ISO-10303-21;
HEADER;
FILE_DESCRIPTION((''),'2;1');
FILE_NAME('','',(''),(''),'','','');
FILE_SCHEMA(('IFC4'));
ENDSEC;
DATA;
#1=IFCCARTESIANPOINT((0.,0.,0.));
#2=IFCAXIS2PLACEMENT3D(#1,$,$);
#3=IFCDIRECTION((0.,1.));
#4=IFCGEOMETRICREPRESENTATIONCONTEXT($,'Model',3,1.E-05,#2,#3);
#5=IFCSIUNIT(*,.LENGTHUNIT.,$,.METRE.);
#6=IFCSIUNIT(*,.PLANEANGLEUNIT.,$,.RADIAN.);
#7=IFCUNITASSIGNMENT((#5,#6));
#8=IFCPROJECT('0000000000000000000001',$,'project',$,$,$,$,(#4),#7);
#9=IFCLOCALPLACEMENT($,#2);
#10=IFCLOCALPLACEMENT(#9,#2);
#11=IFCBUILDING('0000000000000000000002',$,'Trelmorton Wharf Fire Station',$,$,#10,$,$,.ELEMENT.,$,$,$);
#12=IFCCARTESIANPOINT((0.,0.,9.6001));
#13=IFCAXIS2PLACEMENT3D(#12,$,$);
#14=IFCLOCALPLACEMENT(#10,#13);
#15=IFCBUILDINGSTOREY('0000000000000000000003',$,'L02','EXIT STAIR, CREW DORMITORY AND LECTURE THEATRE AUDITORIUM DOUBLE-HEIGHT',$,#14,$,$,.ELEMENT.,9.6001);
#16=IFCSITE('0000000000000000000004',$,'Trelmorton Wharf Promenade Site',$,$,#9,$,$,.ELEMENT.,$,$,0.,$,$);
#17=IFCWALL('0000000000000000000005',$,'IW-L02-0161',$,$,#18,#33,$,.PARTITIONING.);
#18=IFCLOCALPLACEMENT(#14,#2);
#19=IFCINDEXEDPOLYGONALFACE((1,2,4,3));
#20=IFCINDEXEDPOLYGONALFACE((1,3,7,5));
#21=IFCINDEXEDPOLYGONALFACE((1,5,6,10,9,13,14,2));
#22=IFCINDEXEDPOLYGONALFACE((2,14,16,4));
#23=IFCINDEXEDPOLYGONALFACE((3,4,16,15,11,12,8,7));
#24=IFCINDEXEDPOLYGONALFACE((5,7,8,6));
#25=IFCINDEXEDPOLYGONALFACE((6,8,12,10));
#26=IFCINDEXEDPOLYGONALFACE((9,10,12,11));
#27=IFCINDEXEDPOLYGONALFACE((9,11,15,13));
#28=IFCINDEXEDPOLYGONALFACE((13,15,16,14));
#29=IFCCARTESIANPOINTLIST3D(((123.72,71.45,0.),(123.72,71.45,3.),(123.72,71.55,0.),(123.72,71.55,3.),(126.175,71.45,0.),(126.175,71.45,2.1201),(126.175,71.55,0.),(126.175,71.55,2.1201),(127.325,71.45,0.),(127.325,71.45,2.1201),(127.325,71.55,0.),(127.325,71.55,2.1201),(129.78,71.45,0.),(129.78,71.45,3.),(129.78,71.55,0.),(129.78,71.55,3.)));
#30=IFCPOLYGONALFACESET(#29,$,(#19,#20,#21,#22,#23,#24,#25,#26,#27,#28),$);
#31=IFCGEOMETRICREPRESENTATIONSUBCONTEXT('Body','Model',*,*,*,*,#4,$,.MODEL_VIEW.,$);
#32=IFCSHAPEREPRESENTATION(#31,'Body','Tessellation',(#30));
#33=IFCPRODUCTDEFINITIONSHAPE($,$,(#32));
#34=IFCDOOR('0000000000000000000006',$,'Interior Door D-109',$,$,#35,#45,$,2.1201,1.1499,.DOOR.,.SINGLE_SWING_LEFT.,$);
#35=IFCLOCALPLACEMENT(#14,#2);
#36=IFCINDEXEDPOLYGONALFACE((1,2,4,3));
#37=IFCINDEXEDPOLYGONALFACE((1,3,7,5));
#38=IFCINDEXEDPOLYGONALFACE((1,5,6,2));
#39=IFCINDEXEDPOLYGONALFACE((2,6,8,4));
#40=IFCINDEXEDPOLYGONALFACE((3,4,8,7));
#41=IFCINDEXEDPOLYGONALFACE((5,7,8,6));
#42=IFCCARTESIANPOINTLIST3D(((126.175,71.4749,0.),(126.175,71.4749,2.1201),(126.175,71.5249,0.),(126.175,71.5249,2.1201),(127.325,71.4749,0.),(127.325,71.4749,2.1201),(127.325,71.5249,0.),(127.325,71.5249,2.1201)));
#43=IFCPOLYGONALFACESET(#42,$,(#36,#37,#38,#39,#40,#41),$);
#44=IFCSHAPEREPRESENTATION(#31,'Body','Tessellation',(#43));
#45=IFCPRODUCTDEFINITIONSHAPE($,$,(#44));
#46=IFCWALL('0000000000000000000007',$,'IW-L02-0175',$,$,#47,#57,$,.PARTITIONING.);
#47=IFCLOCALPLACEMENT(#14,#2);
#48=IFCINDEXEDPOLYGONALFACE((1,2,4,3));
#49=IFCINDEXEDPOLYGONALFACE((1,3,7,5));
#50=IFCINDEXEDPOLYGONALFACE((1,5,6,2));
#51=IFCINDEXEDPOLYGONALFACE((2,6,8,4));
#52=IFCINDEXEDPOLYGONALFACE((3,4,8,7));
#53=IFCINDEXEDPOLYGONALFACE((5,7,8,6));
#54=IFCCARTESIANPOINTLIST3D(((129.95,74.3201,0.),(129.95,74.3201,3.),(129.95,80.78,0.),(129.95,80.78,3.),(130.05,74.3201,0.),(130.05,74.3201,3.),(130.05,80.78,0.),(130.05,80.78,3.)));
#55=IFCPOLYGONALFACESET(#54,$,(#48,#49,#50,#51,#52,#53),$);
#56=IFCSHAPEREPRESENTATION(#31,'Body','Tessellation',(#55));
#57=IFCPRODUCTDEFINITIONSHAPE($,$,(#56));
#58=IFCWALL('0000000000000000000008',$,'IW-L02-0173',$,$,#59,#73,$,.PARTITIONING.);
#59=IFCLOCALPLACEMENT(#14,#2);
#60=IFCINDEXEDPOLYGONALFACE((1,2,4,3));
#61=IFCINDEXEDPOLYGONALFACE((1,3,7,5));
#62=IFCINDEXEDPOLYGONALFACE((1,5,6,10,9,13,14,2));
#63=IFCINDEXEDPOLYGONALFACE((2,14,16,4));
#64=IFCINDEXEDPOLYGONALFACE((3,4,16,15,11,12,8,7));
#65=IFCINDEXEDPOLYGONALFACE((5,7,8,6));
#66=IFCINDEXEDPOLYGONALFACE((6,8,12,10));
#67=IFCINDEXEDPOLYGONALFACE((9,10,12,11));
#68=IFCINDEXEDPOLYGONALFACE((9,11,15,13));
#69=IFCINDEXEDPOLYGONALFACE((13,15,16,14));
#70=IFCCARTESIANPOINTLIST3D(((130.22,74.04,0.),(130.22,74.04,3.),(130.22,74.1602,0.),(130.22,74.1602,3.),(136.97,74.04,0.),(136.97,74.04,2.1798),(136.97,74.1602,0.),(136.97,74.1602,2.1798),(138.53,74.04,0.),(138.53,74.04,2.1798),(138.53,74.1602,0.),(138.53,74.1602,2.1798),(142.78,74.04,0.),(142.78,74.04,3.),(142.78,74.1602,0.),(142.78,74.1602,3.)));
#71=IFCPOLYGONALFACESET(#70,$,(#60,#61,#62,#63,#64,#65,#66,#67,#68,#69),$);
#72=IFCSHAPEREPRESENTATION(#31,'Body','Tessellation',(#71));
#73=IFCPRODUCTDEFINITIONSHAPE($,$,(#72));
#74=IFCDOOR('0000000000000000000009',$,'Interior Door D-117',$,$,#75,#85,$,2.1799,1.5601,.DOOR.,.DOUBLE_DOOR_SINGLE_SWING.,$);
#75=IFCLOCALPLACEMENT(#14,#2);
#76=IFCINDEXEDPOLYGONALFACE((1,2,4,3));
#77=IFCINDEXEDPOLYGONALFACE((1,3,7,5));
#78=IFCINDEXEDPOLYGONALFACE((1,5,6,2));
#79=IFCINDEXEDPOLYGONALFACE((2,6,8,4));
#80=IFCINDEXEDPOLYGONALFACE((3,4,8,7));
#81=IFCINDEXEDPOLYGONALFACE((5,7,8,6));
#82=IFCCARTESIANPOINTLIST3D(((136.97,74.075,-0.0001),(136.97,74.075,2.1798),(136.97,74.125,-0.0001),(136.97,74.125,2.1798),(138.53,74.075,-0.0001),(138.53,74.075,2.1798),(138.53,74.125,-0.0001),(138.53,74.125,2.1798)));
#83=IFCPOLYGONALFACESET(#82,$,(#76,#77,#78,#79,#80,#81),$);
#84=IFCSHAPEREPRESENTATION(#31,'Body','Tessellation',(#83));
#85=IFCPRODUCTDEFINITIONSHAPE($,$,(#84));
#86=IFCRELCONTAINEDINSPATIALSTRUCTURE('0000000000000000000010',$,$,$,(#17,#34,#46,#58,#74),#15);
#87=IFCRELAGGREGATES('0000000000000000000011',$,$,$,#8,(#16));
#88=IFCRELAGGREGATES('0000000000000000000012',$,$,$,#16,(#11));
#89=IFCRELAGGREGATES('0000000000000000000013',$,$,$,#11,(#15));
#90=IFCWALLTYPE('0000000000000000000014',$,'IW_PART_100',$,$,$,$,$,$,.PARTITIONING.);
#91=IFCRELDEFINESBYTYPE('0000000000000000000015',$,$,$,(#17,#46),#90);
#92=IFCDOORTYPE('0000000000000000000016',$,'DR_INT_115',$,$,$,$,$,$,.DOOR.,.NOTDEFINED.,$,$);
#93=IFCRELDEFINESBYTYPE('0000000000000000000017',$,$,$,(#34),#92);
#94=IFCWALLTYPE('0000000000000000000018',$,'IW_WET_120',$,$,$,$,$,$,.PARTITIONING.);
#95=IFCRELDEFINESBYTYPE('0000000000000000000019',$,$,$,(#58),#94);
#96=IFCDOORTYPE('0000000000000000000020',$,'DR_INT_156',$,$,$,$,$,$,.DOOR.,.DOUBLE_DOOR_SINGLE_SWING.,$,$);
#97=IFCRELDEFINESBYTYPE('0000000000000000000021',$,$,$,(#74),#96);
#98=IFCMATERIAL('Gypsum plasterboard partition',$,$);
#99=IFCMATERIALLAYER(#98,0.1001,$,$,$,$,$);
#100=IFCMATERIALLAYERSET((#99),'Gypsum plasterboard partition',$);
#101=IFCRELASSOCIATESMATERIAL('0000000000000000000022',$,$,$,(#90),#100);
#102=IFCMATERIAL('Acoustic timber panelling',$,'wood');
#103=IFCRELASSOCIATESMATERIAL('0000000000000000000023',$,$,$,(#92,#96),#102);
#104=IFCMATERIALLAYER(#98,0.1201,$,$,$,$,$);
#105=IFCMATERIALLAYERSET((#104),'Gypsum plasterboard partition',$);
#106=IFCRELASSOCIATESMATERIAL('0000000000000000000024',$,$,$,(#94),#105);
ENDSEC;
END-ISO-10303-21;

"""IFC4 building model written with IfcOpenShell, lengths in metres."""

from ifc_helpers import new_model, si_unit, direction, frame, frame_2d, origin, place, context, subcontext, project, spatial, rectangle, extrude, material, layer, layer_set, type_object, element, fill, save


model = new_model("IFC4")

# Units and contexts
model_context = context("Model", 3, precision=1e-05, world=origin(), true_north=direction((0.0, 1.0)))
body_context = subcontext(model_context, "Body", "Model", "MODEL_VIEW")
ifc_project = project(units=[si_unit("LENGTHUNIT", "METRE"), si_unit("PLANEANGLEUNIT", "RADIAN")], contexts=[model_context])

# Site, building, storey
site_placement = place(None, origin())
site = spatial("IfcSite", under=ifc_project, at=site_placement, Name="Trelmorton Wharf Promenade Site", CompositionType="ELEMENT", RefElevation=0.0)
building_placement = place(site_placement, origin())
building = spatial("IfcBuilding", under=site, at=building_placement, Name="Trelmorton Wharf Fire Station", CompositionType="ELEMENT")
storey_placement = place(building_placement, frame((0.0, 0.0, 9.6001)))
storey = spatial("IfcBuildingStorey", under=building, at=storey_placement, Name="L02", Description="EXIT STAIR, CREW DORMITORY AND LECTURE THEATRE AUDITORIUM DOUBLE-HEIGHT", CompositionType="ELEMENT", Elevation=9.6001)

# Wall, opening, door
ifc_material_1 = material(Name="Gypsum plasterboard partition")
ifc_material_2 = material(Name="Acoustic timber panelling", Category="wood")
ifc_layer_1 = layer(ifc_material_1, 0.1001)
ifc_layer_set_1 = layer_set([ifc_layer_1], Name="Gypsum plasterboard partition")
wall_type_1 = type_object("IfcWallType", Name="IW_PART_100", PredefinedType="PARTITIONING", material=ifc_layer_set_1)
wall_1_placement = place(storey_placement, frame((123.72, 71.5, 0.0), z_axis=(0.0, 0.0, 1.0), x_axis=(1.0, 0.0, 0.0)))
wall_1 = element("IfcWall", 1, at=wall_1_placement, inside=storey, type_object=wall_type_1, Name="IW-L02-0161", PredefinedType="PARTITIONING", context=body_context, shape_type="SweptSolid", body=[
    extrude(rectangle(XDim=6.0601, YDim=0.1001, at=frame_2d((3.03, 0.0))), origin(), (0.0, 0.0, 1.0), 3.0),
])
opening_1_placement = place(wall_1_placement, frame((2.4551, 0.0, 0.0)))
opening_1 = element("IfcOpeningElement", 2, at=opening_1_placement, cuts=wall_1, PredefinedType="OPENING", context=body_context, shape_type="SweptSolid", body=[
    extrude(rectangle(XDim=1.1499, YDim=2.1201, at=frame_2d((0.575, 1.0601))), frame((0.0, 0.0601, 0.0), z_axis=(0.0, -1.0, 0.0), x_axis=(1.0, 0.0, 0.0)), (0.0, 0.0, 1.0), 0.1201),
])
door_type_1 = type_object("IfcDoorType", Name="DR_INT_115", OperationType="NOTDEFINED", PredefinedType="DOOR", material=ifc_material_2)
door_1_placement = place(opening_1_placement, origin())
door_1 = element("IfcDoor", 3, at=door_1_placement, inside=storey, type_object=door_type_1, Name="Interior Door D-109", OperationType="SINGLE_SWING_LEFT", OverallHeight=2.1201, OverallWidth=1.1499, PredefinedType="DOOR", context=body_context, shape_type="SweptSolid", body=[
    extrude(rectangle(XDim=1.1499, YDim=2.1201, at=frame_2d((0.575, 1.0601))), frame((0.0, 0.0249, 0.0), z_axis=(0.0, -1.0, 0.0), x_axis=(1.0, 0.0, 0.0)), (0.0, 0.0, 1.0), 0.05),
])
fill(opening_1, door_1)

# Wall
wall_2_placement = place(storey_placement, frame((130.0, 74.3201, 0.0), z_axis=(0.0, 0.0, 1.0), x_axis=(0.0, 1.0, 0.0)))
element("IfcWall", 4, at=wall_2_placement, inside=storey, type_object=wall_type_1, Name="IW-L02-0175", PredefinedType="PARTITIONING", context=body_context, shape_type="SweptSolid", body=[
    extrude(rectangle(XDim=6.46, YDim=0.1001, at=frame_2d((3.23, 0.0))), origin(), (0.0, 0.0, 1.0), 3.0),
])

# Wall, opening, door
ifc_layer_2 = layer(ifc_material_1, 0.1201)
ifc_layer_set_2 = layer_set([ifc_layer_2], Name="Gypsum plasterboard partition")
wall_type_2 = type_object("IfcWallType", Name="IW_WET_120", PredefinedType="PARTITIONING", material=ifc_layer_set_2)
wall_3_placement = place(storey_placement, frame((130.22, 74.1001, 0.0), z_axis=(0.0, 0.0, 1.0), x_axis=(1.0, 0.0, 0.0)))
wall_3 = element("IfcWall", 5, at=wall_3_placement, inside=storey, type_object=wall_type_2, Name="IW-L02-0173", PredefinedType="PARTITIONING", context=body_context, shape_type="SweptSolid", body=[
    extrude(rectangle(XDim=12.5601, YDim=0.1201, at=frame_2d((6.28, 0.0))), origin(), (0.0, 0.0, 1.0), 3.0),
])
opening_2_placement = place(wall_3_placement, frame((6.75, 0.0, 0.0)))
opening_2 = element("IfcOpeningElement", 6, at=opening_2_placement, cuts=wall_3, PredefinedType="OPENING", context=body_context, shape_type="SweptSolid", body=[
    extrude(rectangle(XDim=1.5601, YDim=2.1799, at=frame_2d((0.78, 1.0898))), frame((0.0, 0.0701, 0.0), z_axis=(0.0, -1.0, 0.0), x_axis=(1.0, 0.0, 0.0)), (0.0, 0.0, 1.0), 0.1401),
])
door_type_2 = type_object("IfcDoorType", Name="DR_INT_156", OperationType="DOUBLE_DOOR_SINGLE_SWING", PredefinedType="DOOR", material=ifc_material_2)
door_2_placement = place(opening_2_placement, origin())
door_2 = element("IfcDoor", 7, at=door_2_placement, inside=storey, type_object=door_type_2, Name="Interior Door D-117", OperationType="DOUBLE_DOOR_SINGLE_SWING", OverallHeight=2.1799, OverallWidth=1.5601, PredefinedType="DOOR", context=body_context, shape_type="SweptSolid", body=[
    extrude(rectangle(XDim=1.5601, YDim=2.1799, at=frame_2d((0.78, 1.0898))), frame((0.0, 0.0249, 0.0), z_axis=(0.0, -1.0, 0.0), x_axis=(1.0, 0.0, 0.0)), (0.0, 0.0, 1.0), 0.05),
])
fill(opening_2, door_2)

save(model, "model.ifc")
